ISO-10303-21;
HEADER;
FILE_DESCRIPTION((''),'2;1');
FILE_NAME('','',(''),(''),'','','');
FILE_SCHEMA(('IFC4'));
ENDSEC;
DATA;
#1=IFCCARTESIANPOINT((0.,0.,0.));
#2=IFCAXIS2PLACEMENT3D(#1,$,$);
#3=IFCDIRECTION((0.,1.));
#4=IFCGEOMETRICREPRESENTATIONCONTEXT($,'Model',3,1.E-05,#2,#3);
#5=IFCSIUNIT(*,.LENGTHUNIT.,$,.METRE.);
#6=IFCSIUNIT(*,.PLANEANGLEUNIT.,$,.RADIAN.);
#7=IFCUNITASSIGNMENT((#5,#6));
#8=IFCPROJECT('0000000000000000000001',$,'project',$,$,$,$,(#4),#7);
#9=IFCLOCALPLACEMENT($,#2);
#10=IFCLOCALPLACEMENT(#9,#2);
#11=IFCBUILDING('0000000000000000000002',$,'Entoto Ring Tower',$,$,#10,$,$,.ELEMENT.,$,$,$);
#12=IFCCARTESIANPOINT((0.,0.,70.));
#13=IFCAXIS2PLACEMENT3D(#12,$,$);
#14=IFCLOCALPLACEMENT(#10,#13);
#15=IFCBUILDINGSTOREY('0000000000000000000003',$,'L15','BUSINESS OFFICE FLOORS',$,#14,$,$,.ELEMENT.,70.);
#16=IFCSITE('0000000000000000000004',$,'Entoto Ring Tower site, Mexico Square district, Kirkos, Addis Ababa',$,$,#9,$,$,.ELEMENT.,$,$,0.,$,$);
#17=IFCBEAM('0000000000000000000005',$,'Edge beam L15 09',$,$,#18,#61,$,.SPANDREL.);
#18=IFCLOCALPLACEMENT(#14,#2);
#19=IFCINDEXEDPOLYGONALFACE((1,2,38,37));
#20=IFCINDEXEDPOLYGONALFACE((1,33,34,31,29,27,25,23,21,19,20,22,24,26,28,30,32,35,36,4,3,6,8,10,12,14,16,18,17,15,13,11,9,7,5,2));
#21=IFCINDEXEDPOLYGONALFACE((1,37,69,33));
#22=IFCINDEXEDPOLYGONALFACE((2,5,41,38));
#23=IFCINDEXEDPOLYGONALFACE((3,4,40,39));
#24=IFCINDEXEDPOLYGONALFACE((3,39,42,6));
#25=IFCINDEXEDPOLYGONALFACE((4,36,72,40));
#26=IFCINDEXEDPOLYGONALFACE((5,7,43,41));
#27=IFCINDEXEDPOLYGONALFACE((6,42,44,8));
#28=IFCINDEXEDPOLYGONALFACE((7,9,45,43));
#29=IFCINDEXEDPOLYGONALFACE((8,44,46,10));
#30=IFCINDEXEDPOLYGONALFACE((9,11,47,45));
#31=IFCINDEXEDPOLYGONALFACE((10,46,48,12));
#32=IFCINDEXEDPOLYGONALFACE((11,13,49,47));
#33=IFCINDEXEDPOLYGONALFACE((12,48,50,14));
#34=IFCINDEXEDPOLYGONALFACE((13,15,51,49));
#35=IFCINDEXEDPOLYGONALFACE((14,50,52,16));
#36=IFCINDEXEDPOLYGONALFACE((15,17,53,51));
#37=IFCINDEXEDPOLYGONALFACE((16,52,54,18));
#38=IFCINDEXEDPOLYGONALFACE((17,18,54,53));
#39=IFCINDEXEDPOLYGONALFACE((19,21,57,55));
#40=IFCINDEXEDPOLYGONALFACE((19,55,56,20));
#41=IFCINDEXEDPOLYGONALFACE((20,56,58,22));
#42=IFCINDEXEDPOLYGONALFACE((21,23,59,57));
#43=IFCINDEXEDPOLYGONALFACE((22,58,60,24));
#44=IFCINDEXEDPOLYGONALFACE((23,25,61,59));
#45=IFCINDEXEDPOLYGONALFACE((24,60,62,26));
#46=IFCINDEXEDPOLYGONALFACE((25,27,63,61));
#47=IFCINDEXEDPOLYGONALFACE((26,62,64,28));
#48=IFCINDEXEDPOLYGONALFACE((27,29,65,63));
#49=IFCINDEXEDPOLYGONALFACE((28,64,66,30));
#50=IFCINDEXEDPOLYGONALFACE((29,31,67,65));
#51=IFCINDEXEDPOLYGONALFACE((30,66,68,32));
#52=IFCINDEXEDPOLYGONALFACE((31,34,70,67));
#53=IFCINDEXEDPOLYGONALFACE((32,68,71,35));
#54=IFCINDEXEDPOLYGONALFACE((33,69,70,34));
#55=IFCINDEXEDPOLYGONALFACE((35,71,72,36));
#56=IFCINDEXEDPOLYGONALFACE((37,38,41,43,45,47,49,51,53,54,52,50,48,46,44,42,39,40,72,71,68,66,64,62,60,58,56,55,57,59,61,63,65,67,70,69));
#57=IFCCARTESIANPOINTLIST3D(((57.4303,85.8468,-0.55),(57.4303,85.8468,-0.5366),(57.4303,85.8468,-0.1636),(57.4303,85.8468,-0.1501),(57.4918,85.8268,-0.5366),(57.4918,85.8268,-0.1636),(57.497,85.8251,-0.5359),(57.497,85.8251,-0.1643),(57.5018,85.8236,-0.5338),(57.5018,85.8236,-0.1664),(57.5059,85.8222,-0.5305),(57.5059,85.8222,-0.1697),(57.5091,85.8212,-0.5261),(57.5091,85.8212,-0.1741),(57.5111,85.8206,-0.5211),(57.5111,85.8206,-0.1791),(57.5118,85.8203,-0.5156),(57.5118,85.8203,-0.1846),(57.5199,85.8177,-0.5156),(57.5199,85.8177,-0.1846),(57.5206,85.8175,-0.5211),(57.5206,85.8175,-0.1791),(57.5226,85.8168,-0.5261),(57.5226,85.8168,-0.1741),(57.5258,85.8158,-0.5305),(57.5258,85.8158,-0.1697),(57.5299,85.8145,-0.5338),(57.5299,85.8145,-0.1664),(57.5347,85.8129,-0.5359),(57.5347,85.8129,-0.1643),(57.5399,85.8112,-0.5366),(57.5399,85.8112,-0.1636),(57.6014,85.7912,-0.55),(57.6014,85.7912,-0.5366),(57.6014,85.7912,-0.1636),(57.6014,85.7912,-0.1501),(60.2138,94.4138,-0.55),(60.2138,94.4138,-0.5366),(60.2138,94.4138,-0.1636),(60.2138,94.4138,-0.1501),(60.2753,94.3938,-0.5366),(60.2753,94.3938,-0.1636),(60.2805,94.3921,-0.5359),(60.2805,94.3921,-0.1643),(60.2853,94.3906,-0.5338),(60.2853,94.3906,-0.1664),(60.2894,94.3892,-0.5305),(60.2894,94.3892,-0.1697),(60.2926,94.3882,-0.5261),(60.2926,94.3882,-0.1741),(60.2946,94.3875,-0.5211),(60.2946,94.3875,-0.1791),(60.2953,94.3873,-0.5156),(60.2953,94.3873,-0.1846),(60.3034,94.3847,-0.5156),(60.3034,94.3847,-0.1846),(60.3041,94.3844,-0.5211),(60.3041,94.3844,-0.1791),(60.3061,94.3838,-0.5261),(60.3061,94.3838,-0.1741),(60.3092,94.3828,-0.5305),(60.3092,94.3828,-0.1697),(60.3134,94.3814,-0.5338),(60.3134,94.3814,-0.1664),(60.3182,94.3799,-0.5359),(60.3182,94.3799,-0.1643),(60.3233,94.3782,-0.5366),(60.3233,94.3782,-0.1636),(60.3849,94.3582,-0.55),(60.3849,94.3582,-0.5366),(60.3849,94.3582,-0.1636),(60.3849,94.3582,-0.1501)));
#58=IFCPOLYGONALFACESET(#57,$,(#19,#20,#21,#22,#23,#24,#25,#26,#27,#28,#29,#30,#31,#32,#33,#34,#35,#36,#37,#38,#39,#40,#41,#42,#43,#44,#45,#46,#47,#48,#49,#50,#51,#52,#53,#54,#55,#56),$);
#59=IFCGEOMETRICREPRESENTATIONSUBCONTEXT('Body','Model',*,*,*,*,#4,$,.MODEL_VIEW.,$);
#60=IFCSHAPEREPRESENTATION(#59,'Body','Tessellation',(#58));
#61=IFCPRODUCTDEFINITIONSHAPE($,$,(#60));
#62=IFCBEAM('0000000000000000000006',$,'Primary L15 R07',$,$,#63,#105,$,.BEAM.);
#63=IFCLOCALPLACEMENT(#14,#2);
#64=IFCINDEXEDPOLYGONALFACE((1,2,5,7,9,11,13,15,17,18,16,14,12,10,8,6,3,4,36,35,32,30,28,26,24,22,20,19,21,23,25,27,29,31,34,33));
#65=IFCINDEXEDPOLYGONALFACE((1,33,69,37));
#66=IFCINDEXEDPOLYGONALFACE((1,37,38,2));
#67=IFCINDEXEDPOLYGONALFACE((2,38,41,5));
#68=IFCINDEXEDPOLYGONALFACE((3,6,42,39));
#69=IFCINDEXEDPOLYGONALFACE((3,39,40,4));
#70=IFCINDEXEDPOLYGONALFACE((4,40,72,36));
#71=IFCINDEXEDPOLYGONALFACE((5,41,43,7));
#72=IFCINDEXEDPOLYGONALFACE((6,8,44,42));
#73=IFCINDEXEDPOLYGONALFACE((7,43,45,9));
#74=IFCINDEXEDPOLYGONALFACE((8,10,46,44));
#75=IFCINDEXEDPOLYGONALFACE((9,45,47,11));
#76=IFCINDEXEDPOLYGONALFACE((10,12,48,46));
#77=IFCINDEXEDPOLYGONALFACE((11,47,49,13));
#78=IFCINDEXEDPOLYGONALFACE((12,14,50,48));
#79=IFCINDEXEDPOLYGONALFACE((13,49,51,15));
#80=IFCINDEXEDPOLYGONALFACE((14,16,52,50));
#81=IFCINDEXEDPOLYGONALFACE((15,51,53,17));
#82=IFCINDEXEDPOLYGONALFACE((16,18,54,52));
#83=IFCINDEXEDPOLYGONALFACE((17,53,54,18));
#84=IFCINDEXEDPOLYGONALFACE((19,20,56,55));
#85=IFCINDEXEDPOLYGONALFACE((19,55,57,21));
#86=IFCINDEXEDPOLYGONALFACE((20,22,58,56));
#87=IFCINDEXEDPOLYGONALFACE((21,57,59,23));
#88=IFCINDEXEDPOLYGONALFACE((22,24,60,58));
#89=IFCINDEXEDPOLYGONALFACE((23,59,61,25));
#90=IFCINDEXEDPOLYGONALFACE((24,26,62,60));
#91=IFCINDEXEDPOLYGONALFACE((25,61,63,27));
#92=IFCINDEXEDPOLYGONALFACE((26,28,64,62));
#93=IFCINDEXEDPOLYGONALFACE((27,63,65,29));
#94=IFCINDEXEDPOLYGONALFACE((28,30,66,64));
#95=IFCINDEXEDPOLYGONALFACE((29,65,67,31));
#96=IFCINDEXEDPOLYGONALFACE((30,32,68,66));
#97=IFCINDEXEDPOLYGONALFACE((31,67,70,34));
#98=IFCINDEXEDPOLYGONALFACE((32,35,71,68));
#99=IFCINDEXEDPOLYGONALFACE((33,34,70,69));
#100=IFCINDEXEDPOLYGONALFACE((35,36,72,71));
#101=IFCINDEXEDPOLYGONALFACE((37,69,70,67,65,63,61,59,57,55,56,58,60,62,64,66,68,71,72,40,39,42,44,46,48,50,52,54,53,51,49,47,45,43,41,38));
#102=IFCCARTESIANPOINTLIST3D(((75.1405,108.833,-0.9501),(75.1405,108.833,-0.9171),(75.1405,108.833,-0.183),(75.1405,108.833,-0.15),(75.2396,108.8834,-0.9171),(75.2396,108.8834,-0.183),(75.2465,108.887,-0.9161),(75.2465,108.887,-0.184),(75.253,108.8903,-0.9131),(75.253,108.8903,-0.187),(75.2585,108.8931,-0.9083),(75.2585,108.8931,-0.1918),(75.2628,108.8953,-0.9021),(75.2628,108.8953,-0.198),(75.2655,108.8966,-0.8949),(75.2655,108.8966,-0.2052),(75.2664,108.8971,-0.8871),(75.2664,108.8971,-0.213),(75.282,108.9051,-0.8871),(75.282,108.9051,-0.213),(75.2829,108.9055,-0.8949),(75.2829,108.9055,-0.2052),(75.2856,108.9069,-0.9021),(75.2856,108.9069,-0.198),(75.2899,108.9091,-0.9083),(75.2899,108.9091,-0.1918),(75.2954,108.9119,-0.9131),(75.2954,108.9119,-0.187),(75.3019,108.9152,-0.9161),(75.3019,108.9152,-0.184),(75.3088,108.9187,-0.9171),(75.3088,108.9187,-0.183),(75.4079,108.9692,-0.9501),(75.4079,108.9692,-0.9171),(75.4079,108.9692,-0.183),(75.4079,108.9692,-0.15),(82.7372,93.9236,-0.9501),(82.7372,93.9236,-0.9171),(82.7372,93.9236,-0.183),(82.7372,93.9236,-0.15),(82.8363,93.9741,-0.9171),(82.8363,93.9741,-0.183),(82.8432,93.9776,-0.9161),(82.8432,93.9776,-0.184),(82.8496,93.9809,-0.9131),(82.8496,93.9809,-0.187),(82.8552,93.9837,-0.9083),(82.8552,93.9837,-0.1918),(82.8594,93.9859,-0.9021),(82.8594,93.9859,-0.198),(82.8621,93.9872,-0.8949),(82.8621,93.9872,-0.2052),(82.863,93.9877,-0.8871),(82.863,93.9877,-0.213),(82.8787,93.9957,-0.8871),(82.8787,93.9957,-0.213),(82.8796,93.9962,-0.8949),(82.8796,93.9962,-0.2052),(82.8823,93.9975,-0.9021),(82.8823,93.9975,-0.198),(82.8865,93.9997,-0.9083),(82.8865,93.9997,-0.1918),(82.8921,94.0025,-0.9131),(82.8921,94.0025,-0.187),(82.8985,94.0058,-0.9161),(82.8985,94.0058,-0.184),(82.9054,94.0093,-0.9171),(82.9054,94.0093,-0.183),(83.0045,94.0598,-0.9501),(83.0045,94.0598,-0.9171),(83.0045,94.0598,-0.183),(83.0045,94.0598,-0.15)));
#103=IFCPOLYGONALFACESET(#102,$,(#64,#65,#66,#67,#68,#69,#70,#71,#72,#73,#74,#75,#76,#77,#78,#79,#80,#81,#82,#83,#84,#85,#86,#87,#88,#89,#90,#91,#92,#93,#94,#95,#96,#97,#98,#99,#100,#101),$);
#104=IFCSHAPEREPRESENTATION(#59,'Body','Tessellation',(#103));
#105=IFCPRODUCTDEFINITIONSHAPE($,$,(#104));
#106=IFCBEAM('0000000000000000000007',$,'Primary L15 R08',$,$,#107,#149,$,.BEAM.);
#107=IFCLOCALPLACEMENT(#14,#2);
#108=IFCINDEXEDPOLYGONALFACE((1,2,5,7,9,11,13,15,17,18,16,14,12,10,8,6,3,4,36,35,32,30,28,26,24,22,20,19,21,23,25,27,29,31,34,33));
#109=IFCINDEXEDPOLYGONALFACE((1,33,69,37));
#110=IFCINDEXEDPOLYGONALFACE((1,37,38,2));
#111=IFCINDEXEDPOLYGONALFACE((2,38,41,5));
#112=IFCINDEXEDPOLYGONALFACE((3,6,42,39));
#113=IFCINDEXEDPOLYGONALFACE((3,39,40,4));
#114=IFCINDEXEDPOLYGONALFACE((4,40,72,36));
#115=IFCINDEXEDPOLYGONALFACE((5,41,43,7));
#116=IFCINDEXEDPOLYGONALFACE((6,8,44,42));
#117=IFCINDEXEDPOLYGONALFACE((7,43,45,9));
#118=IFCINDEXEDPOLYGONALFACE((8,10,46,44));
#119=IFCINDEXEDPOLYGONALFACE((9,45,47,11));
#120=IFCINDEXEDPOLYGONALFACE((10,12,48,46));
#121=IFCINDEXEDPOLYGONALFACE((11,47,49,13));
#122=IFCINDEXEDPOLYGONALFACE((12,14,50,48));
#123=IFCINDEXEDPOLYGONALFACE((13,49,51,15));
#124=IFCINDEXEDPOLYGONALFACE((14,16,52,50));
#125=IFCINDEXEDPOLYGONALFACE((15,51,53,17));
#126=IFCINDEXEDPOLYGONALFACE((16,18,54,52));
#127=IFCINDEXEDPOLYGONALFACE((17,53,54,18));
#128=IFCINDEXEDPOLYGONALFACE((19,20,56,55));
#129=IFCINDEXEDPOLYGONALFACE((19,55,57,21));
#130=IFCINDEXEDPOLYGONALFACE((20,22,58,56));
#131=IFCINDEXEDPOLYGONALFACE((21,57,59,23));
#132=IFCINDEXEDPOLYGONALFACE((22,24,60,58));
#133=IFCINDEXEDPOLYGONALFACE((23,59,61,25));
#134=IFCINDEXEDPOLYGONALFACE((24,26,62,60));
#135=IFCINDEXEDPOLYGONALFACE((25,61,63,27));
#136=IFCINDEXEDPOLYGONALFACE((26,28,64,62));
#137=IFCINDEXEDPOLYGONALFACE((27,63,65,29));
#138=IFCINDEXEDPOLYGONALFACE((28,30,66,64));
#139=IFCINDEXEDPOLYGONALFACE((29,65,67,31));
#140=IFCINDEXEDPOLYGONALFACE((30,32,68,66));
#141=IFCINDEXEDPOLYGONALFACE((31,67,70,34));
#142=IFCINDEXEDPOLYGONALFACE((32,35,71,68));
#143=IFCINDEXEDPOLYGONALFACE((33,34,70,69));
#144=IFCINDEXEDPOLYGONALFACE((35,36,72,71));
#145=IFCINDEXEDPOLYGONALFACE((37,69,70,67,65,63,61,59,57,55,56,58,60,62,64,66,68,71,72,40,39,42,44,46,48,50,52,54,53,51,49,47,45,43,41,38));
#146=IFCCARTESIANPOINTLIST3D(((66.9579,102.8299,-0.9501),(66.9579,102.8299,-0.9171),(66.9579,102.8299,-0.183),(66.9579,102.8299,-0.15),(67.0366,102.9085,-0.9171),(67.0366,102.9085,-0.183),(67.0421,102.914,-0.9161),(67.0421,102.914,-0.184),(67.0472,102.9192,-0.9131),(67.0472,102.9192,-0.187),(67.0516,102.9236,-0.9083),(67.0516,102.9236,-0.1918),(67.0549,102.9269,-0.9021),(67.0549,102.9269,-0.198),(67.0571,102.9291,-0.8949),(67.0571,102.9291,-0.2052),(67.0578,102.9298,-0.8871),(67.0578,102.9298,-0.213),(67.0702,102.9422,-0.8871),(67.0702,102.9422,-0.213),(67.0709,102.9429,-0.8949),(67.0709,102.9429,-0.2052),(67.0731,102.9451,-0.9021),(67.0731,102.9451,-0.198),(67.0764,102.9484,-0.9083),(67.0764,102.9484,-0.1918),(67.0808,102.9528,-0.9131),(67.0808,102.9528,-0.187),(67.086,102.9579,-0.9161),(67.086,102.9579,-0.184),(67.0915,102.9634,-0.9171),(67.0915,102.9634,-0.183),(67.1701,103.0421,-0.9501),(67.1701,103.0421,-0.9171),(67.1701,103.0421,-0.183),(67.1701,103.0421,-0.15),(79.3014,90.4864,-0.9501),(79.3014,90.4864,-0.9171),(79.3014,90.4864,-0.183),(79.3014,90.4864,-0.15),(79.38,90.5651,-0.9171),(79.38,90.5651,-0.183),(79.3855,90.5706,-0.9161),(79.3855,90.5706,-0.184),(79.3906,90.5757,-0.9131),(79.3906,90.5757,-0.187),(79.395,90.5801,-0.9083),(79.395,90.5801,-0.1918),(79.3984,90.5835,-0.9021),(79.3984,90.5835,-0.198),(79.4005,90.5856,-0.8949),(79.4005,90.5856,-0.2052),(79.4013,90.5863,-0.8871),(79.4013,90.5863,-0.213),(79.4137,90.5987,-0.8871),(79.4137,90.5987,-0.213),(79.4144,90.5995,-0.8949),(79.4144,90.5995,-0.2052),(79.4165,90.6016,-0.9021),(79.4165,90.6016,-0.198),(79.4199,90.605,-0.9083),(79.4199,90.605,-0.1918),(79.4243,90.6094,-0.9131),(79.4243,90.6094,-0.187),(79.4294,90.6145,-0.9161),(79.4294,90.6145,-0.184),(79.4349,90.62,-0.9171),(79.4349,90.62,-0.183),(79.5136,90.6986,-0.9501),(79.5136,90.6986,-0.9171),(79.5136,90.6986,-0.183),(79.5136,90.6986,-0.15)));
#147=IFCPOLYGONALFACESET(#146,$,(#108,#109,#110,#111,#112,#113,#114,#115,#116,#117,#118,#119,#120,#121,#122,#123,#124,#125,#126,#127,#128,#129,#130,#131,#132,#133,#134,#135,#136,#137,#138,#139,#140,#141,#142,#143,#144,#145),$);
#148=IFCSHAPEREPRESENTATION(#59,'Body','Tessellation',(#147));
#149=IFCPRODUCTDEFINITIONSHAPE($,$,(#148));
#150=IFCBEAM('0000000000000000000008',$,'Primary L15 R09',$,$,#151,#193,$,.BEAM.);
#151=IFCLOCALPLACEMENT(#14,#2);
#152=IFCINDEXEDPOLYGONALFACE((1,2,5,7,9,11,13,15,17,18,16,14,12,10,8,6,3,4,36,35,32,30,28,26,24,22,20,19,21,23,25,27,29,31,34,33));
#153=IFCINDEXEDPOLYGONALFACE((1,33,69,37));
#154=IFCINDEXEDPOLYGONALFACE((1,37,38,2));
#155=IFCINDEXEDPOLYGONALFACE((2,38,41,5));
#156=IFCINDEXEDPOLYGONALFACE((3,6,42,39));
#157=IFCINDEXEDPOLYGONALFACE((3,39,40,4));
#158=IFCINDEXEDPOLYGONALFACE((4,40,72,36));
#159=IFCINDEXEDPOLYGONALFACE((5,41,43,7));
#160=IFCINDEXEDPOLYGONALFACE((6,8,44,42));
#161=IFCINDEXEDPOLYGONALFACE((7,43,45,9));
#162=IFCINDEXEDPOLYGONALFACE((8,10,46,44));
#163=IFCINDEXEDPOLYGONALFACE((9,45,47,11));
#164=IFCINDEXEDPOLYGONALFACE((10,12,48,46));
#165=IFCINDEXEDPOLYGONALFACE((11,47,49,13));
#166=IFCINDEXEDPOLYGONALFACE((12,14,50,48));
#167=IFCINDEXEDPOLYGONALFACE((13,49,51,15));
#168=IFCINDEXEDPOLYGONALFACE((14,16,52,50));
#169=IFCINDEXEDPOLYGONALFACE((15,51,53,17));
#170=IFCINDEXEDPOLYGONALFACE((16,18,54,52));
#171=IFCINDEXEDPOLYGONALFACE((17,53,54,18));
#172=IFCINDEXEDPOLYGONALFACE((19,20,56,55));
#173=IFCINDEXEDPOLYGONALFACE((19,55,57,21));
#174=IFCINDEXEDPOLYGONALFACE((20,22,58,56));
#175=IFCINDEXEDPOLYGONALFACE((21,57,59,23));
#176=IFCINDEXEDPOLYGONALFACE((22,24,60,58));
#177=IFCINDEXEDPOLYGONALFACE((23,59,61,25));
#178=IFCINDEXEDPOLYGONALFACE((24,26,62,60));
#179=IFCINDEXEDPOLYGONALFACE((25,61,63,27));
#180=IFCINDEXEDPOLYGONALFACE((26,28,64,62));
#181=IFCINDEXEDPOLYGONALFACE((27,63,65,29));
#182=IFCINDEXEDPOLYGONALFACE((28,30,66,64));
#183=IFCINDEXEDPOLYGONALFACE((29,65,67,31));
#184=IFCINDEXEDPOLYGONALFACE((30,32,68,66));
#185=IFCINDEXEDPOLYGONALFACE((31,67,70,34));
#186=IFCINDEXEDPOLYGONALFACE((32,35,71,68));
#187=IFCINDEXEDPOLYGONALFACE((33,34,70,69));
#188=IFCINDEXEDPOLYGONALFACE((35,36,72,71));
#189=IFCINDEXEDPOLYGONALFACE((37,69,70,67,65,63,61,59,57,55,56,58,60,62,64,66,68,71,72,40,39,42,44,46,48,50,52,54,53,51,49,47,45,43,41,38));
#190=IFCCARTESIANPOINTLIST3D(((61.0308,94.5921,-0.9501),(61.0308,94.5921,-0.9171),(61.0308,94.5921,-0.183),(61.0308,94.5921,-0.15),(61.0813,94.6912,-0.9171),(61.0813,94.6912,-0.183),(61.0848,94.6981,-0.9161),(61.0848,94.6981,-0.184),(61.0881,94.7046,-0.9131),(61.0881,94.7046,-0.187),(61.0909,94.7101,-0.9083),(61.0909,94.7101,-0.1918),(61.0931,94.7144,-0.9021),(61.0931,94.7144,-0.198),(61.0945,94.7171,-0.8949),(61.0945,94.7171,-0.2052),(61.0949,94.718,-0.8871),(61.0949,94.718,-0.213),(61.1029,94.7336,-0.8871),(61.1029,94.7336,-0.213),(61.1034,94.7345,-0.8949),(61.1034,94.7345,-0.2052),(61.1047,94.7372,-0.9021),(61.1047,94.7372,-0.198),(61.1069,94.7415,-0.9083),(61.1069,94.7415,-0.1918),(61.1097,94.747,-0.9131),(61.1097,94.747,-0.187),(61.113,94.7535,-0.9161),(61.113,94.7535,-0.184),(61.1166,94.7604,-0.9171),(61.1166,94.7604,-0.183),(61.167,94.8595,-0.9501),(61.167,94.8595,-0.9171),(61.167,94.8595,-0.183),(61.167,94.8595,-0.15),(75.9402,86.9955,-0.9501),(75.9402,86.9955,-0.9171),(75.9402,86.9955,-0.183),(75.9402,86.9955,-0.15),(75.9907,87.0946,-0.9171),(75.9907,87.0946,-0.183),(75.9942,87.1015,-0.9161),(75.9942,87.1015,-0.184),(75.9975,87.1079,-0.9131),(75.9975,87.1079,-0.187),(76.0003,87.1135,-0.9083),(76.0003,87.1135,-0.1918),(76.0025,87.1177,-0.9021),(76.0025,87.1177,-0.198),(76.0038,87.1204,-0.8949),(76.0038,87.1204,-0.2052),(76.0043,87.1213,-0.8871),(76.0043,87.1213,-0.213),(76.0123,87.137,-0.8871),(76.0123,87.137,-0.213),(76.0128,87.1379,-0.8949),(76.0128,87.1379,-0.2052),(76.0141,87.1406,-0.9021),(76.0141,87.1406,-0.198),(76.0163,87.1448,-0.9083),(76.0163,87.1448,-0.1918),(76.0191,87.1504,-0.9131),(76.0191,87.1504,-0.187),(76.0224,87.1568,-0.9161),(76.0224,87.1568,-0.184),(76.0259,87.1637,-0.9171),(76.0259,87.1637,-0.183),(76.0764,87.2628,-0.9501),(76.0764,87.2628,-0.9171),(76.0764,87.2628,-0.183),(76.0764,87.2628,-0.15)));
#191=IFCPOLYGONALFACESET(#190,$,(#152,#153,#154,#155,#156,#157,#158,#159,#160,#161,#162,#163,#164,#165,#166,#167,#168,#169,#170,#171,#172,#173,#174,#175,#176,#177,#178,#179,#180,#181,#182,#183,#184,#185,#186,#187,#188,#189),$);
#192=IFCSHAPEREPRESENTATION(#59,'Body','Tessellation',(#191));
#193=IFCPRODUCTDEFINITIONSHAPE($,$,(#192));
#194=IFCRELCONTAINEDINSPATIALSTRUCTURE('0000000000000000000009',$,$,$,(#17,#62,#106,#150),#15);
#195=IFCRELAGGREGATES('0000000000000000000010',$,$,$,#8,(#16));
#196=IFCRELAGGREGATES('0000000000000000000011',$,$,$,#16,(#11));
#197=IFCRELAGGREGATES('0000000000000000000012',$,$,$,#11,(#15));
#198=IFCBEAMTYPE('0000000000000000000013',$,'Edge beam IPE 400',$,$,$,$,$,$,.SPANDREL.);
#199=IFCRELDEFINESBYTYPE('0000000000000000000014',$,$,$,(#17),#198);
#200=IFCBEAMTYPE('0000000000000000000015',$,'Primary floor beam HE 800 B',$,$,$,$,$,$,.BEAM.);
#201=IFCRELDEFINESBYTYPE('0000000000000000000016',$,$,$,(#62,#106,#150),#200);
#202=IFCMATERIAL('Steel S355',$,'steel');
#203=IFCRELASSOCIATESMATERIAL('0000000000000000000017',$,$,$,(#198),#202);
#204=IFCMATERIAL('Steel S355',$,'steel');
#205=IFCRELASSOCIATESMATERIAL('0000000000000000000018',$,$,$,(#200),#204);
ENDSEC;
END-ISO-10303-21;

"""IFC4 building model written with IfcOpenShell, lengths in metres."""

from ifc_helpers import new_model, si_unit, direction, frame, origin, origin_2d, place, context, subcontext, project, spatial, i_section, extrude, material, material_profile, profile_set, type_object, element, save


model = new_model("IFC4")

# Units and contexts
model_context = context("Model", 3, precision=1e-05, world=origin(), true_north=direction((0.0, 1.0)))
body_context = subcontext(model_context, "Body", "Model", "MODEL_VIEW")
ifc_project = project(units=[si_unit("LENGTHUNIT", "METRE"), si_unit("PLANEANGLEUNIT", "RADIAN")], contexts=[model_context])

# Site, building, storey
site_placement = place(None, origin())
site = spatial("IfcSite", under=ifc_project, at=site_placement, Name="Entoto Ring Tower site, Mexico Square district, Kirkos, Addis Ababa", CompositionType="ELEMENT", RefElevation=0.0)
building_placement = place(site_placement, origin())
building = spatial("IfcBuilding", under=site, at=building_placement, Name="Entoto Ring Tower", CompositionType="ELEMENT")
storey_placement = place(building_placement, frame((0.0, 0.0, 70.0)))
storey = spatial("IfcBuildingStorey", under=building, at=storey_placement, Name="L15", Description="BUSINESS OFFICE FLOORS", CompositionType="ELEMENT", Elevation=70.0)

# Beams
ifc_material_1 = material(Name="Steel S355", Category="steel")
ifc_material_profile_1 = material_profile(ifc_material_1, i_section(OverallWidth=0.1799, OverallDepth=0.3999, WebThickness=0.0085, FlangeThickness=0.0134, FilletRadius=0.021, at=origin_2d()), Name="IPE 400")
ifc_profile_set_1 = profile_set([ifc_material_profile_1], Name="Steel S355")
beam_type_1 = type_object("IfcBeamType", Name="Edge beam IPE 400", PredefinedType="SPANDREL", material=ifc_profile_set_1)
for number, where, z_axis, x_axis, name in (
    (1, (60.2993, 94.386, -0.3501), (-0.309006, -0.95106, 0.0), (0.95106, -0.309006, 0.0), "Edge beam L15 09"),
):
    element("IfcBeam", number, at=place(storey_placement, frame(where, z_axis=z_axis, x_axis=x_axis)), inside=storey, type_object=beam_type_1, Name=name, PredefinedType="SPANDREL", context=body_context, shape_type="SweptSolid", body=[
        extrude(i_section(OverallWidth=0.1799, OverallDepth=0.3999, WebThickness=0.0085, FlangeThickness=0.0134, FilletRadius=0.021, at=origin_2d()), origin(), (0.0, 0.0, 1.0), 9.0078),
    ])
ifc_material_2 = material(Name="Steel S355", Category="steel")
ifc_material_profile_2 = material_profile(ifc_material_2, i_section(OverallWidth=0.3, OverallDepth=0.8, WebThickness=0.0176, FlangeThickness=0.033, FilletRadius=0.03, at=origin_2d()), Name="HE 800 B")
ifc_profile_set_2 = profile_set([ifc_material_profile_2], Name="Steel S355")
beam_type_2 = type_object("IfcBeamType", Name="Primary floor beam HE 800 B", PredefinedType="BEAM", material=ifc_profile_set_2)
beam_1_placement = place(storey_placement, frame((82.8708, 93.9917, -0.55), z_axis=(-0.453988, 0.891008, 0.0), x_axis=(-0.891008, -0.453988, 0.0)))
element("IfcBeam", 2, at=beam_1_placement, inside=storey, type_object=beam_type_2, Name="Primary L15 R07", PredefinedType="BEAM", context=body_context, shape_type="SweptSolid", body=[
    extrude(i_section(OverallWidth=0.3, OverallDepth=0.8, WebThickness=0.0176, FlangeThickness=0.033, FilletRadius=0.03, at=origin_2d()), origin(), (0.0, 0.0, 1.0), 16.7332),
])
beam_2_placement = place(storey_placement, frame((79.4075, 90.5925, -0.55), z_axis=(-0.707107, 0.707107, 0.0), x_axis=(-0.707107, -0.707107, 0.0)))
element("IfcBeam", 3, at=beam_2_placement, inside=storey, type_object=beam_type_2, Name="Primary L15 R08", PredefinedType="BEAM", context=body_context, shape_type="SweptSolid", body=[
    extrude(i_section(OverallWidth=0.3, OverallDepth=0.8, WebThickness=0.0176, FlangeThickness=0.033, FilletRadius=0.03, at=origin_2d()), origin(), (0.0, 0.0, 1.0), 17.4563),
])
beam_3_placement = place(storey_placement, frame((76.0083, 87.1292, -0.55), z_axis=(-0.891008, 0.453988, 0.0), x_axis=(-0.453988, -0.891008, 0.0)))
element("IfcBeam", 4, at=beam_3_placement, inside=storey, type_object=beam_type_2, Name="Primary L15 R09", PredefinedType="BEAM", context=body_context, shape_type="SweptSolid", body=[
    extrude(i_section(OverallWidth=0.3, OverallDepth=0.8, WebThickness=0.0176, FlangeThickness=0.033, FilletRadius=0.03, at=origin_2d()), origin(), (0.0, 0.0, 1.0), 16.7332),
])

save(model, "model.ifc")
